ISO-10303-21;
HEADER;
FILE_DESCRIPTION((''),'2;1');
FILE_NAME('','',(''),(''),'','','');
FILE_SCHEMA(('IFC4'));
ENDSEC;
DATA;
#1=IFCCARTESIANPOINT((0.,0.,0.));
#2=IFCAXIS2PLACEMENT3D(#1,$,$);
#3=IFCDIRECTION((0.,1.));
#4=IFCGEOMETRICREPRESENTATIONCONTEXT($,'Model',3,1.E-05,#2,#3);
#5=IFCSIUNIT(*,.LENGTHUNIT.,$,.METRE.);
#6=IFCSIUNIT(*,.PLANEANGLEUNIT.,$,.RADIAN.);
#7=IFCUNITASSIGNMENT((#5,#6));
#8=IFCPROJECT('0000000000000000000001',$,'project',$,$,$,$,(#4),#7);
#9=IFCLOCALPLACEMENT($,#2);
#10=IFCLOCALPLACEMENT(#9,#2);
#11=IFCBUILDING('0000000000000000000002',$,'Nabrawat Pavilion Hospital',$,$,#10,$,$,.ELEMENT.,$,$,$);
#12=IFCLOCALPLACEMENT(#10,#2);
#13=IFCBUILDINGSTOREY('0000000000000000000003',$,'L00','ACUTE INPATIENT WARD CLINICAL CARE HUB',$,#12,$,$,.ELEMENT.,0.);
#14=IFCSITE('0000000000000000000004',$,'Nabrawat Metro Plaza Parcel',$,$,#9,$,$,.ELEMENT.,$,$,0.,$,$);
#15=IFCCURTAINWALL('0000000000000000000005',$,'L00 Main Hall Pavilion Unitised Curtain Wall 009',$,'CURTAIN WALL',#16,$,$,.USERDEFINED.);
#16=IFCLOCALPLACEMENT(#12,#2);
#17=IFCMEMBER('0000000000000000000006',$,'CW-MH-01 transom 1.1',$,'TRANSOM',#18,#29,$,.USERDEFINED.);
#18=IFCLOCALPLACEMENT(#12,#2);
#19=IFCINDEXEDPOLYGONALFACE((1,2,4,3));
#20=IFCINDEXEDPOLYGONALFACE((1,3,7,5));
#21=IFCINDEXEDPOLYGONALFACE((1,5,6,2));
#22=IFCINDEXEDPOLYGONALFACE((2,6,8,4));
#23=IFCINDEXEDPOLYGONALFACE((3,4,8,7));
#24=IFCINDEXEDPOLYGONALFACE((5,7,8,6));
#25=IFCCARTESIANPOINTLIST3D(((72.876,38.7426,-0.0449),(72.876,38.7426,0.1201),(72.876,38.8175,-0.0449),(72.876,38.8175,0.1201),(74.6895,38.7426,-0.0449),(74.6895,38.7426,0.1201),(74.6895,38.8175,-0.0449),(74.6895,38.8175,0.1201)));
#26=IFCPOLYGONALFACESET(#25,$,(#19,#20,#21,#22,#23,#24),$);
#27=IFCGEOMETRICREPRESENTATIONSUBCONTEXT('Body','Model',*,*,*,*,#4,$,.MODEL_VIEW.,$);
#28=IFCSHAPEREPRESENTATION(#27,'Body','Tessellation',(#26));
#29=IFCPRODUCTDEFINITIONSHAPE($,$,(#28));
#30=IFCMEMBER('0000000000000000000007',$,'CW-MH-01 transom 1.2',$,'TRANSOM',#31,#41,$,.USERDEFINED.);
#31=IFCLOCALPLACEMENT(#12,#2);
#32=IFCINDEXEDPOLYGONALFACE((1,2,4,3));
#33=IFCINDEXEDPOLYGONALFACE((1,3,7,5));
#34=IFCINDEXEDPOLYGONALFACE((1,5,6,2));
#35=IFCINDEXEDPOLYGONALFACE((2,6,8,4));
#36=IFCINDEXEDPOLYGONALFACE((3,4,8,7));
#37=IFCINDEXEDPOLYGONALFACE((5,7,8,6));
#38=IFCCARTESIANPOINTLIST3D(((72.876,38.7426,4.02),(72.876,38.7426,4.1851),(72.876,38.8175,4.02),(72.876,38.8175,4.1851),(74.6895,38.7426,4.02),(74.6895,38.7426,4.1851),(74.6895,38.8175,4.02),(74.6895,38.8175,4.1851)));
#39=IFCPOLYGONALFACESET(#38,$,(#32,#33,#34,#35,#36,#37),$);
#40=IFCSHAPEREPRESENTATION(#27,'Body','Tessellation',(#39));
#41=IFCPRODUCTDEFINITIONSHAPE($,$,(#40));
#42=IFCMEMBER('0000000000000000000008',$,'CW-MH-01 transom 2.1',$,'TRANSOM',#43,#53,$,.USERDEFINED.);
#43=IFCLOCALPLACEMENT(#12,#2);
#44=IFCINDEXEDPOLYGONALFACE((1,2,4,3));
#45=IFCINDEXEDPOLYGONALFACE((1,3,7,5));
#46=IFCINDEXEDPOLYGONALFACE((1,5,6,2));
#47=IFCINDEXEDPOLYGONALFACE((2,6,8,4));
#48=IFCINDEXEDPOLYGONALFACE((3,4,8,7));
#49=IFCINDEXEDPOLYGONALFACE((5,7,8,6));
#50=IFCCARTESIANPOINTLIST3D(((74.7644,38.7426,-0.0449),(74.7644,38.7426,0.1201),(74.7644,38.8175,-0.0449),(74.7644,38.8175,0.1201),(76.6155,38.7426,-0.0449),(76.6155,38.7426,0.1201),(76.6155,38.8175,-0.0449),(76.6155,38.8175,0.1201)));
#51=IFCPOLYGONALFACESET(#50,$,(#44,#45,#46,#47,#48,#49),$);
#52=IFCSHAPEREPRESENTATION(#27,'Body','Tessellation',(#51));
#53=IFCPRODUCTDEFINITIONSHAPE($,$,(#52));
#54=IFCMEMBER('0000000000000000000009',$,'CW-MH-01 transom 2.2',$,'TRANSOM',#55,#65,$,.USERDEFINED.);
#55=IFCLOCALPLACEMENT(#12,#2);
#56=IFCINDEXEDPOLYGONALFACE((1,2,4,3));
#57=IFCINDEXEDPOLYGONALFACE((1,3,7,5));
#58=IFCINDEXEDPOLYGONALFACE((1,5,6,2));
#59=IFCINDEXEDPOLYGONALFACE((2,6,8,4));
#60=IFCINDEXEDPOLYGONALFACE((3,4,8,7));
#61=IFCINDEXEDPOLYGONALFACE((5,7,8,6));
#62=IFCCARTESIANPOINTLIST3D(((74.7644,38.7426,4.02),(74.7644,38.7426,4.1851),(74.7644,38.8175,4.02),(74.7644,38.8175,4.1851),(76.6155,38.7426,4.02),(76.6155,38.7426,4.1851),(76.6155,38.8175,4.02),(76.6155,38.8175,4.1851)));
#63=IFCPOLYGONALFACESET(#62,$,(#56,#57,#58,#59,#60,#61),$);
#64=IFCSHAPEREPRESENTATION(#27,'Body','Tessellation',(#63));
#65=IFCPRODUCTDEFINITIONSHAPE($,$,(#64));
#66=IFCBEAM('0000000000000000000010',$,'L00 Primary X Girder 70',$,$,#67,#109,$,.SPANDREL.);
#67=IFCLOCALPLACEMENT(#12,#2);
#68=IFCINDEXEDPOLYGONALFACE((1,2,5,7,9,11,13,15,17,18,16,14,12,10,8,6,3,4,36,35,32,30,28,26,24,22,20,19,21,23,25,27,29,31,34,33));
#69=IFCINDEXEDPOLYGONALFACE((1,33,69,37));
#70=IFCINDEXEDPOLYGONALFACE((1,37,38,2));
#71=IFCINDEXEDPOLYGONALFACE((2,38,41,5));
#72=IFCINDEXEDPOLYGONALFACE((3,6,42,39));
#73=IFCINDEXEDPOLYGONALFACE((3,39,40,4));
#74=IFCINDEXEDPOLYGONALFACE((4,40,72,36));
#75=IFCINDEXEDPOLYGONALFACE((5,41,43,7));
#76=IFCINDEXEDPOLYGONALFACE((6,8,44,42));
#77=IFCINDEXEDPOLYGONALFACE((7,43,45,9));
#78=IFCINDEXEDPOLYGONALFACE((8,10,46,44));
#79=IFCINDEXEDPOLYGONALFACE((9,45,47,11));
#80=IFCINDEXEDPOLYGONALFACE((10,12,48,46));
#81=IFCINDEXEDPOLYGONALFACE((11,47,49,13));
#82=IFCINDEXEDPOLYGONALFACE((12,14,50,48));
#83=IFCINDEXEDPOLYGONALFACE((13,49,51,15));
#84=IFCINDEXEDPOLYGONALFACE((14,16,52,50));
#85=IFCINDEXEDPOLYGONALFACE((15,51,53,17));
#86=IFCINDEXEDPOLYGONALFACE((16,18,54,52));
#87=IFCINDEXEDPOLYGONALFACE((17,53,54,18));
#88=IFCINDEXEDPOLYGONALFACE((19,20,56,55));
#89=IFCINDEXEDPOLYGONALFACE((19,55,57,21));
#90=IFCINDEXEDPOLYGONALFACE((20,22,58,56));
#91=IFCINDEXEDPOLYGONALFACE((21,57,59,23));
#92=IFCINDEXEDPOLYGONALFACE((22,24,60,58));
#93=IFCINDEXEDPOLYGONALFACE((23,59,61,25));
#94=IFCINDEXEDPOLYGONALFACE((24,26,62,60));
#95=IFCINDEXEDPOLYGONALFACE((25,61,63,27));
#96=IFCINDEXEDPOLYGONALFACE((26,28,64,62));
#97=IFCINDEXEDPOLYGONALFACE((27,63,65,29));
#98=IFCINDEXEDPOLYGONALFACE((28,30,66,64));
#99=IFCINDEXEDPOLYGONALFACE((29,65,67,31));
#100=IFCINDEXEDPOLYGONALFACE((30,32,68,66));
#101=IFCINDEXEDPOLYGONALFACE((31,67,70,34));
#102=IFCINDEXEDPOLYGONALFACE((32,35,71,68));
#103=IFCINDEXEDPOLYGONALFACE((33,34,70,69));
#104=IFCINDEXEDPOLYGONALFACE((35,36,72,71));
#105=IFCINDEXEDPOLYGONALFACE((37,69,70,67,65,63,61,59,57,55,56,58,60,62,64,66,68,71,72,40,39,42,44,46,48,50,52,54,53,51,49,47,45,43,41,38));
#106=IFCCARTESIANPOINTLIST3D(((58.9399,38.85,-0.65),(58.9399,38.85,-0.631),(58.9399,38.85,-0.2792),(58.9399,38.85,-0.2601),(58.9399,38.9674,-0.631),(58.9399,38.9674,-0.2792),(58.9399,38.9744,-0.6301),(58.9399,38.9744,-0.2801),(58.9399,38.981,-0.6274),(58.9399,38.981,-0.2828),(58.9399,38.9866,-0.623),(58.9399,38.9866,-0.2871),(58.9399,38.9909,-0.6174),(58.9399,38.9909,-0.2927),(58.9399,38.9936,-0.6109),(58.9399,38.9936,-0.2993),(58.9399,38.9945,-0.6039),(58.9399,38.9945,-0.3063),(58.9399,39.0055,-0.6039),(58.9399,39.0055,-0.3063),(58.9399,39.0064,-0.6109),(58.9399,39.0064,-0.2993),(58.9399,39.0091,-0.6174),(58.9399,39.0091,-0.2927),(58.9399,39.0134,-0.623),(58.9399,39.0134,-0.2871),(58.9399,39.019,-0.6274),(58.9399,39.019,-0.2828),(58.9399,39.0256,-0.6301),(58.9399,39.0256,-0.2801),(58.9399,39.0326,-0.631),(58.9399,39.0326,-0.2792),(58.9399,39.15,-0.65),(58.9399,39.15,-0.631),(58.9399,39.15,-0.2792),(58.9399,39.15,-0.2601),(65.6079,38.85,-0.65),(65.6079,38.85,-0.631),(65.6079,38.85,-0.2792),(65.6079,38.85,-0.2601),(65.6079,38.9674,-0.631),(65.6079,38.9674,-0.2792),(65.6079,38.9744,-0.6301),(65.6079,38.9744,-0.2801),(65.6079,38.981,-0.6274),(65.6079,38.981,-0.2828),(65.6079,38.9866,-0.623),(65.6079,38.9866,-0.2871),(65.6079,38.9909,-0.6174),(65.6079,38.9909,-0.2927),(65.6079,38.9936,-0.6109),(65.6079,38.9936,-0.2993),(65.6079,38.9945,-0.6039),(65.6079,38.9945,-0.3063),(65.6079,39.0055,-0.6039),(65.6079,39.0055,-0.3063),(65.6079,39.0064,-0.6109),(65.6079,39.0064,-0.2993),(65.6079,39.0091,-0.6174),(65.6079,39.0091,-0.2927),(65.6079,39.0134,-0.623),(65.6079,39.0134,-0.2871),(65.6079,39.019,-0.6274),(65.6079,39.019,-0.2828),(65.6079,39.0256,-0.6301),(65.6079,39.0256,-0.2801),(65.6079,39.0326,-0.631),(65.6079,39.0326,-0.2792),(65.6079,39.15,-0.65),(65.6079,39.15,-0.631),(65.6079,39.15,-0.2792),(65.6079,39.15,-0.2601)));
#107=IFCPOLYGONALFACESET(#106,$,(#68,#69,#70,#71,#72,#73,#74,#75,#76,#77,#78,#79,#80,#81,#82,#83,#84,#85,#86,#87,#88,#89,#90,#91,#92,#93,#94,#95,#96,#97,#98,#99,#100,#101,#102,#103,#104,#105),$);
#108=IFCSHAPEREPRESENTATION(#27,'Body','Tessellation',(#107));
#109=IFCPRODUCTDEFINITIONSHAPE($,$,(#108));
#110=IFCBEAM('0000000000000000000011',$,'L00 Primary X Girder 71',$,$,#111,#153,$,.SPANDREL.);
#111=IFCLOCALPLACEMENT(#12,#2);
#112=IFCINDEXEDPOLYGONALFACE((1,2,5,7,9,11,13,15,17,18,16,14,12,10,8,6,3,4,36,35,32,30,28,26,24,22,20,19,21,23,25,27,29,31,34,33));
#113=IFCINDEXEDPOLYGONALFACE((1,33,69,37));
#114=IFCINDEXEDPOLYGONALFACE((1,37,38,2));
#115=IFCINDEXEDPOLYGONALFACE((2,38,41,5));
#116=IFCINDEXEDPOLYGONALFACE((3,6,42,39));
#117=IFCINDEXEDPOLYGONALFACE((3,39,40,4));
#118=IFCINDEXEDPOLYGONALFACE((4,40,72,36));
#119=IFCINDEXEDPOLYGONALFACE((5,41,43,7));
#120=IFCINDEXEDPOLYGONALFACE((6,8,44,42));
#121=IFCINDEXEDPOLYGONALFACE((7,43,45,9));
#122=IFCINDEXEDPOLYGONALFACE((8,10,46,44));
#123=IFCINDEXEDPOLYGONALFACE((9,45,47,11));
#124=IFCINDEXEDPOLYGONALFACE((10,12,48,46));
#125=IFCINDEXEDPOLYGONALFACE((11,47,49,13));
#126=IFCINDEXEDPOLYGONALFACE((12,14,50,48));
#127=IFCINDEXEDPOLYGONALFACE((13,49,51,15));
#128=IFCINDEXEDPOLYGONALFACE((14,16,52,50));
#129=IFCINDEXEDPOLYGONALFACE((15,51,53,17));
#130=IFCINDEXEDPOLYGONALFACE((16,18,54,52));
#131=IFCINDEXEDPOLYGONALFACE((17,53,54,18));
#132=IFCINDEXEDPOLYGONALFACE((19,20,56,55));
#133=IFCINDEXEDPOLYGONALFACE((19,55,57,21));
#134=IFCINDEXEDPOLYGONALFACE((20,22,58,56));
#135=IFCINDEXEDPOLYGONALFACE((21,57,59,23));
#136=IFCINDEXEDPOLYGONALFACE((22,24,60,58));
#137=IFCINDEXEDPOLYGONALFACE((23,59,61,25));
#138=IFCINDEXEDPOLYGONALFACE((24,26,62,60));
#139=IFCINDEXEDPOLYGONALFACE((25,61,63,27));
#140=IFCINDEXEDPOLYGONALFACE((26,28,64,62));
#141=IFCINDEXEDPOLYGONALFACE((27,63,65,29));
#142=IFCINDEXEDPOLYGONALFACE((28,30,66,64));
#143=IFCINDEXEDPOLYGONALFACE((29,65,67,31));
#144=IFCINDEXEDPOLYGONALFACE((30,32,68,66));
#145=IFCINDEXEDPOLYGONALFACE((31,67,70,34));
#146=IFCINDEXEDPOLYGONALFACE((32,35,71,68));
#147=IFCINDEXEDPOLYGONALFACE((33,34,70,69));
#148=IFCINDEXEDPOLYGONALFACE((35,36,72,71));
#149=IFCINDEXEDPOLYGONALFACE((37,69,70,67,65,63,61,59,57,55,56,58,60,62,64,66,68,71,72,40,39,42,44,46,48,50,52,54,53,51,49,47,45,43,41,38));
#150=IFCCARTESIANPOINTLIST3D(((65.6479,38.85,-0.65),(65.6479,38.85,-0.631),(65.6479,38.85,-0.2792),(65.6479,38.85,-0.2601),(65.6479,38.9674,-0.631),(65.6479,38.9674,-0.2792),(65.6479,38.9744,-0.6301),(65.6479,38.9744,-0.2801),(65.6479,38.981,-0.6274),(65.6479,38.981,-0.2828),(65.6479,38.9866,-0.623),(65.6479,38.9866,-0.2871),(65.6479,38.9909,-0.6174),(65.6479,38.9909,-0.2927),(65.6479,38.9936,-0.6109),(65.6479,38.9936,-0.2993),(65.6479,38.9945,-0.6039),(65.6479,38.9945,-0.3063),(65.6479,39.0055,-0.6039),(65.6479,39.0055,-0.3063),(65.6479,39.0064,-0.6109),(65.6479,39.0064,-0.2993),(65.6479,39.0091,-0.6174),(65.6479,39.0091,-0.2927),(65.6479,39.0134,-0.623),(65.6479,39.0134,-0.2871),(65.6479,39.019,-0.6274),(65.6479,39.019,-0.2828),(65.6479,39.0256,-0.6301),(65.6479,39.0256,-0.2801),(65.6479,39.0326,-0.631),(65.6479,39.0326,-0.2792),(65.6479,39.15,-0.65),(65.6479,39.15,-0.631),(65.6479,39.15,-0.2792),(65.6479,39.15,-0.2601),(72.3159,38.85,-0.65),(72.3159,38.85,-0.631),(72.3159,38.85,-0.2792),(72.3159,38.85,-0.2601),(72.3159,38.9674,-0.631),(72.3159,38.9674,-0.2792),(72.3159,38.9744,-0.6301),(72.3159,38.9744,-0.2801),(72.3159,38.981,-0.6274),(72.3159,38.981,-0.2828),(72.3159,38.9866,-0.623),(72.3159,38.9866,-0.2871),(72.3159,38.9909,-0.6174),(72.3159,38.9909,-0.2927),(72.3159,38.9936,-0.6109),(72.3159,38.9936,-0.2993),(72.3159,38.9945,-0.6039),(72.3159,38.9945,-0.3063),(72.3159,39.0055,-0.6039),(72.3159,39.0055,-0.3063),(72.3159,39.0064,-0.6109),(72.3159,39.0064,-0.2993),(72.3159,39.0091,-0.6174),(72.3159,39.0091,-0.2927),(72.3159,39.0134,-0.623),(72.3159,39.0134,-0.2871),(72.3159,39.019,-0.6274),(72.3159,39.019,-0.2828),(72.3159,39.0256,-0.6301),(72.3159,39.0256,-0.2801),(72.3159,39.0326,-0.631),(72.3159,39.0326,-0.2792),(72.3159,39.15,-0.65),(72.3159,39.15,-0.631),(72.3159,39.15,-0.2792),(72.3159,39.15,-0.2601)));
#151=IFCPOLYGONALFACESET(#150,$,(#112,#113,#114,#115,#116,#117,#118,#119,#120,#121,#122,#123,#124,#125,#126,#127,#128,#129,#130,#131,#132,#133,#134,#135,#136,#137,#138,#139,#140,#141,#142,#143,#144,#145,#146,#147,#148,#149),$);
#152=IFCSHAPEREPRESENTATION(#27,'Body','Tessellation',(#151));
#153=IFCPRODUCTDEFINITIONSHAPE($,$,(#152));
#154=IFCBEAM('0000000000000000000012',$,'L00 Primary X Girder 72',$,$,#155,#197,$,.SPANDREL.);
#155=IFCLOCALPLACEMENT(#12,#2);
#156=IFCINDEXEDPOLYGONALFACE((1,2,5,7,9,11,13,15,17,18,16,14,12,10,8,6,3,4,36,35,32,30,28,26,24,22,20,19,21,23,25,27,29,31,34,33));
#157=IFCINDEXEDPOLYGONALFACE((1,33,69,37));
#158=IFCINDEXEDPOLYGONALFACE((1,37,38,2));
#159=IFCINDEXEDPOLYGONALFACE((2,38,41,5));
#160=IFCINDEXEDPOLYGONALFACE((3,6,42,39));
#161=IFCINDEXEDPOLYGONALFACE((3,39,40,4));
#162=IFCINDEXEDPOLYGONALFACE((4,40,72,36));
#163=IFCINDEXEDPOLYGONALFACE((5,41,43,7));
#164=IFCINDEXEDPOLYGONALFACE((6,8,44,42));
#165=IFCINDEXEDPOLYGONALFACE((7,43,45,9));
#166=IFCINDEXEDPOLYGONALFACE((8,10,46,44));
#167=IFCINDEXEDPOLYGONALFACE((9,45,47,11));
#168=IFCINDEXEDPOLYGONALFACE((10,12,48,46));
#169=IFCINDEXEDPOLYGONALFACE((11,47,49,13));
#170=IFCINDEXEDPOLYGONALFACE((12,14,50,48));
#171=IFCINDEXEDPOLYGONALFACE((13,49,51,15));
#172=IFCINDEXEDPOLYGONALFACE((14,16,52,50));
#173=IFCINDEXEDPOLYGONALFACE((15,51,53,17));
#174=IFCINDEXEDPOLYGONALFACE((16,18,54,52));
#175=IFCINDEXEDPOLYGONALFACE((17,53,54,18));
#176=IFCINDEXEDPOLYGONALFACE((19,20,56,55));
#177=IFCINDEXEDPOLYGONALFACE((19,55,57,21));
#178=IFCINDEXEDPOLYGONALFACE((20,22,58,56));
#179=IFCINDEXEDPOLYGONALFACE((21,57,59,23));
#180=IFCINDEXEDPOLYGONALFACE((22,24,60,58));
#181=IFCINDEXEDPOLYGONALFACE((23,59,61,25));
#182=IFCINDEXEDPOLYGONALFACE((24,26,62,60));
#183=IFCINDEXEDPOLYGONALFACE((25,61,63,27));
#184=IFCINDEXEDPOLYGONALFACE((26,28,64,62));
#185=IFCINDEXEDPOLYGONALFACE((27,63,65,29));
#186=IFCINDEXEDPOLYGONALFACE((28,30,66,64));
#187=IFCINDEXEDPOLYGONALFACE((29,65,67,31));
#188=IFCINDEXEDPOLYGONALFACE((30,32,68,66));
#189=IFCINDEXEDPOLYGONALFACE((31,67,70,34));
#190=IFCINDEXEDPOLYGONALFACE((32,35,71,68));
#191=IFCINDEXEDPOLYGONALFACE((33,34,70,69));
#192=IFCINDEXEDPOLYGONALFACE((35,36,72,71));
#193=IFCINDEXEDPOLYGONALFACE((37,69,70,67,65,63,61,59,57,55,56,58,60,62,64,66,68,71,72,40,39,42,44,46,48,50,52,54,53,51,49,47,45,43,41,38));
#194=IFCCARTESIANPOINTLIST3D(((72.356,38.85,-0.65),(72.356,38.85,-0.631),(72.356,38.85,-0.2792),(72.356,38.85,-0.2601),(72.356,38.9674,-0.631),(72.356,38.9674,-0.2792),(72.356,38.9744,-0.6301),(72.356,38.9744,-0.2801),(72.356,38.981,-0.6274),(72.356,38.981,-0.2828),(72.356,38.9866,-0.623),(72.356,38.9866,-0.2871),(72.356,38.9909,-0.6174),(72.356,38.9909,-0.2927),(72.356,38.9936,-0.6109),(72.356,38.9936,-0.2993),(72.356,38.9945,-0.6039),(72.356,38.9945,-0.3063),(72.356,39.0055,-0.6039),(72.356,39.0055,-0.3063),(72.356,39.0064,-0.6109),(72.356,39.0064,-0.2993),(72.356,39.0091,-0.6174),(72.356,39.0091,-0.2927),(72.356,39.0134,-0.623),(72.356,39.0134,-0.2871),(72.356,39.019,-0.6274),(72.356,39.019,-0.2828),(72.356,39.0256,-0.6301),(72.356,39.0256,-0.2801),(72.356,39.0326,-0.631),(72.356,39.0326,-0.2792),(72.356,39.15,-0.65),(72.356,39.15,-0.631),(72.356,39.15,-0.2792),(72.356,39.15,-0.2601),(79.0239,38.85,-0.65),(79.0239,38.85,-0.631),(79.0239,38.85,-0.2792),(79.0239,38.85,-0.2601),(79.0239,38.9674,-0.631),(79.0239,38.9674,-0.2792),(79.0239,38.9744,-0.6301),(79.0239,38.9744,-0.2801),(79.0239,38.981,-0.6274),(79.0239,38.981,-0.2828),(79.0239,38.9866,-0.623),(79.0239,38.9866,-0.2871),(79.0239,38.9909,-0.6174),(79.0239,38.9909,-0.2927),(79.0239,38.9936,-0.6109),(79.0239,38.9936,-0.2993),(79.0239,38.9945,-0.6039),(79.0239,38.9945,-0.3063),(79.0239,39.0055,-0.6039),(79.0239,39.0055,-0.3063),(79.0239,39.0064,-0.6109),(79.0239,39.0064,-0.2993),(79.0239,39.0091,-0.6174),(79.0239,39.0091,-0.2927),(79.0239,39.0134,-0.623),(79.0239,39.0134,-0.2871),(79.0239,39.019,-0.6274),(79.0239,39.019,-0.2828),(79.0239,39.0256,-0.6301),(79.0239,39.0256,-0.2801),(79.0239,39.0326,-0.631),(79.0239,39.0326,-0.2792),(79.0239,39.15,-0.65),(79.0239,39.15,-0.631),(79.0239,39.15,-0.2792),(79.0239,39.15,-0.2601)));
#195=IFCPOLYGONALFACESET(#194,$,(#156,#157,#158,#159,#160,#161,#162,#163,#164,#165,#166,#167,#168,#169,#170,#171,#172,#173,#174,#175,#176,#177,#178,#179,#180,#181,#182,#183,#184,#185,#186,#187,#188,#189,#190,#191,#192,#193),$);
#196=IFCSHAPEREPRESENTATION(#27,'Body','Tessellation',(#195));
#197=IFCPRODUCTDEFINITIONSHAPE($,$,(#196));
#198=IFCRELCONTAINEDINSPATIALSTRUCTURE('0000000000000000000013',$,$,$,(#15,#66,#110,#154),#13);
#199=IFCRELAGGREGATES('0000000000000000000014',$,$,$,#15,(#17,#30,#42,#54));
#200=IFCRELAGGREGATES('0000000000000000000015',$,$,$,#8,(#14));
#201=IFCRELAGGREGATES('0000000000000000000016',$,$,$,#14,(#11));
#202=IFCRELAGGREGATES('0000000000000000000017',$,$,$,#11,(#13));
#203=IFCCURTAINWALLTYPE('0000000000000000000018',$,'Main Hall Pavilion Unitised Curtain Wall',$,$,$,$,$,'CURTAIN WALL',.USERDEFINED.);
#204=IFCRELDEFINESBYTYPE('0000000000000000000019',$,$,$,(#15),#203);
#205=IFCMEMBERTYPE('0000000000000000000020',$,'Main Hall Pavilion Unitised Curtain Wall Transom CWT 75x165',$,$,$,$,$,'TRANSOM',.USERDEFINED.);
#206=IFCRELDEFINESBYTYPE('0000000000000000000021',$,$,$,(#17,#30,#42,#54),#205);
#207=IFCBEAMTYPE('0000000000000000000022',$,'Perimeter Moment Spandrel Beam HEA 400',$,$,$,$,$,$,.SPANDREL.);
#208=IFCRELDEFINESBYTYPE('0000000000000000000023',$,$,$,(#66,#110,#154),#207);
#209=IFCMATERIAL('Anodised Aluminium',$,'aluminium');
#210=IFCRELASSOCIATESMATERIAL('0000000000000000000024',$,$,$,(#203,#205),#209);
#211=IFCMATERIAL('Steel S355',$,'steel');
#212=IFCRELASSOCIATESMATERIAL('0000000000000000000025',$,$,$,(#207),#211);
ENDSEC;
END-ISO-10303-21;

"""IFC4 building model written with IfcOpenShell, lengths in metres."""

from ifc_helpers import new_model, si_unit, direction, frame, origin, origin_2d, place, context, subcontext, project, spatial, rectangle, i_section, extrude, material, material_profile, profile_set, type_object, element, aggregate, save


model = new_model("IFC4")

# Units and contexts
model_context = context("Model", 3, precision=1e-05, world=origin(), true_north=direction((0.0, 1.0)))
body_context = subcontext(model_context, "Body", "Model", "MODEL_VIEW")
ifc_project = project(units=[si_unit("LENGTHUNIT", "METRE"), si_unit("PLANEANGLEUNIT", "RADIAN")], contexts=[model_context])

# Site, building, storey
site_placement = place(None, origin())
site = spatial("IfcSite", under=ifc_project, at=site_placement, Name="Nabrawat Metro Plaza Parcel", CompositionType="ELEMENT", RefElevation=0.0)
building_placement = place(site_placement, origin())
building = spatial("IfcBuilding", under=site, at=building_placement, Name="Nabrawat Pavilion Hospital", CompositionType="ELEMENT")
storey_placement = place(building_placement, origin())
storey = spatial("IfcBuildingStorey", under=building, at=storey_placement, Name="L00", Description="ACUTE INPATIENT WARD CLINICAL CARE HUB", CompositionType="ELEMENT", Elevation=0.0)

# Shared definitions
ifc_material_1 = material(Name="Steel S355", Category="steel")

# Shared definitions
ifc_material_2 = material(Name="Anodised Aluminium", Category="aluminium")

# Curtain wall, members
curtain_wall_type_1 = type_object("IfcCurtainWallType", Name="Main Hall Pavilion Unitised Curtain Wall", ElementType="CURTAIN WALL", PredefinedType="USERDEFINED", material=ifc_material_2)
curtain_wall_1_placement = place(storey_placement, origin())
curtain_wall_1 = element("IfcCurtainWall", 1, at=curtain_wall_1_placement, inside=storey, type_object=curtain_wall_type_1, Name="L00 Main Hall Pavilion Unitised Curtain Wall 009", ObjectType="CURTAIN WALL", PredefinedType="USERDEFINED")
ifc_material_profile_1 = material_profile(ifc_material_2, rectangle(XDim=0.075, YDim=0.165, at=origin_2d()), Name="CWT 75x165")
ifc_profile_set_1 = profile_set([ifc_material_profile_1], Name="Anodised Aluminium")
member_type_1 = type_object("IfcMemberType", Name="Main Hall Pavilion Unitised Curtain Wall Transom CWT 75x165", ElementType="TRANSOM", PredefinedType="USERDEFINED", material=ifc_profile_set_1)
member_1_placement = place(storey_placement, frame((72.876, 38.78, 0.0376), z_axis=(1.0, 0.0, 0.0), x_axis=(0.0, 1.0, 0.0)))
member_1 = element("IfcMember", 2, at=member_1_placement, type_object=member_type_1, Name="CW-MH-01 transom 1.1", ObjectType="TRANSOM", PredefinedType="USERDEFINED", context=body_context, shape_type="SweptSolid", body=[
    extrude(rectangle(XDim=0.075, YDim=0.165, at=origin_2d()), origin(), (0.0, 0.0, 1.0), 1.8135),
])
member_2_placement = place(storey_placement, frame((72.876, 38.78, 4.1025), z_axis=(1.0, 0.0, 0.0), x_axis=(0.0, 1.0, 0.0)))
member_2 = element("IfcMember", 3, at=member_2_placement, type_object=member_type_1, Name="CW-MH-01 transom 1.2", ObjectType="TRANSOM", PredefinedType="USERDEFINED", context=body_context, shape_type="SweptSolid", body=[
    extrude(rectangle(XDim=0.075, YDim=0.165, at=origin_2d()), origin(), (0.0, 0.0, 1.0), 1.8135),
])
member_3_placement = place(storey_placement, frame((74.7644, 38.78, 0.0376), z_axis=(1.0, 0.0, 0.0), x_axis=(0.0, 1.0, 0.0)))
member_3 = element("IfcMember", 4, at=member_3_placement, type_object=member_type_1, Name="CW-MH-01 transom 2.1", ObjectType="TRANSOM", PredefinedType="USERDEFINED", context=body_context, shape_type="SweptSolid", body=[
    extrude(rectangle(XDim=0.075, YDim=0.165, at=origin_2d()), origin(), (0.0, 0.0, 1.0), 1.8511),
])
member_4_placement = place(storey_placement, frame((74.7644, 38.78, 4.1025), z_axis=(1.0, 0.0, 0.0), x_axis=(0.0, 1.0, 0.0)))
member_4 = element("IfcMember", 5, at=member_4_placement, type_object=member_type_1, Name="CW-MH-01 transom 2.2", ObjectType="TRANSOM", PredefinedType="USERDEFINED", context=body_context, shape_type="SweptSolid", body=[
    extrude(rectangle(XDim=0.075, YDim=0.165, at=origin_2d()), origin(), (0.0, 0.0, 1.0), 1.8511),
])

# Beams
ifc_material_profile_2 = material_profile(ifc_material_1, i_section(OverallWidth=0.3, OverallDepth=0.3899, WebThickness=0.011, FlangeThickness=0.019, FilletRadius=0.0271, at=origin_2d()), Name="HEA 400")
ifc_profile_set_2 = profile_set([ifc_material_profile_2], Name="Steel S355")
beam_type = type_object("IfcBeamType", Name="Perimeter Moment Spandrel Beam HEA 400", PredefinedType="SPANDREL", material=ifc_profile_set_2)
for number, where, z_axis, x_axis, name in (
    (6, (58.9399, 39.0, -0.4551), (1.0, 0.0, 0.0), (0.0, 1.0, 0.0), "L00 Primary X Girder 70"),
    (7, (65.6479, 39.0, -0.4551), (1.0, 0.0, 0.0), (0.0, 1.0, 0.0), "L00 Primary X Girder 71"),
    (8, (72.356, 39.0, -0.4551), (1.0, 0.0, 0.0), (0.0, 1.0, 0.0), "L00 Primary X Girder 72"),
):
    element("IfcBeam", number, at=place(storey_placement, frame(where, z_axis=z_axis, x_axis=x_axis)), inside=storey, type_object=beam_type, Name=name, PredefinedType="SPANDREL", context=body_context, shape_type="SweptSolid", body=[
        extrude(i_section(OverallWidth=0.3, OverallDepth=0.3899, WebThickness=0.011, FlangeThickness=0.019, FilletRadius=0.0271, at=origin_2d()), origin(), (0.0, 0.0, 1.0), 6.668),
    ])

aggregate(curtain_wall_1, [member_1, member_2, member_3, member_4])

save(model, "model.ifc")
